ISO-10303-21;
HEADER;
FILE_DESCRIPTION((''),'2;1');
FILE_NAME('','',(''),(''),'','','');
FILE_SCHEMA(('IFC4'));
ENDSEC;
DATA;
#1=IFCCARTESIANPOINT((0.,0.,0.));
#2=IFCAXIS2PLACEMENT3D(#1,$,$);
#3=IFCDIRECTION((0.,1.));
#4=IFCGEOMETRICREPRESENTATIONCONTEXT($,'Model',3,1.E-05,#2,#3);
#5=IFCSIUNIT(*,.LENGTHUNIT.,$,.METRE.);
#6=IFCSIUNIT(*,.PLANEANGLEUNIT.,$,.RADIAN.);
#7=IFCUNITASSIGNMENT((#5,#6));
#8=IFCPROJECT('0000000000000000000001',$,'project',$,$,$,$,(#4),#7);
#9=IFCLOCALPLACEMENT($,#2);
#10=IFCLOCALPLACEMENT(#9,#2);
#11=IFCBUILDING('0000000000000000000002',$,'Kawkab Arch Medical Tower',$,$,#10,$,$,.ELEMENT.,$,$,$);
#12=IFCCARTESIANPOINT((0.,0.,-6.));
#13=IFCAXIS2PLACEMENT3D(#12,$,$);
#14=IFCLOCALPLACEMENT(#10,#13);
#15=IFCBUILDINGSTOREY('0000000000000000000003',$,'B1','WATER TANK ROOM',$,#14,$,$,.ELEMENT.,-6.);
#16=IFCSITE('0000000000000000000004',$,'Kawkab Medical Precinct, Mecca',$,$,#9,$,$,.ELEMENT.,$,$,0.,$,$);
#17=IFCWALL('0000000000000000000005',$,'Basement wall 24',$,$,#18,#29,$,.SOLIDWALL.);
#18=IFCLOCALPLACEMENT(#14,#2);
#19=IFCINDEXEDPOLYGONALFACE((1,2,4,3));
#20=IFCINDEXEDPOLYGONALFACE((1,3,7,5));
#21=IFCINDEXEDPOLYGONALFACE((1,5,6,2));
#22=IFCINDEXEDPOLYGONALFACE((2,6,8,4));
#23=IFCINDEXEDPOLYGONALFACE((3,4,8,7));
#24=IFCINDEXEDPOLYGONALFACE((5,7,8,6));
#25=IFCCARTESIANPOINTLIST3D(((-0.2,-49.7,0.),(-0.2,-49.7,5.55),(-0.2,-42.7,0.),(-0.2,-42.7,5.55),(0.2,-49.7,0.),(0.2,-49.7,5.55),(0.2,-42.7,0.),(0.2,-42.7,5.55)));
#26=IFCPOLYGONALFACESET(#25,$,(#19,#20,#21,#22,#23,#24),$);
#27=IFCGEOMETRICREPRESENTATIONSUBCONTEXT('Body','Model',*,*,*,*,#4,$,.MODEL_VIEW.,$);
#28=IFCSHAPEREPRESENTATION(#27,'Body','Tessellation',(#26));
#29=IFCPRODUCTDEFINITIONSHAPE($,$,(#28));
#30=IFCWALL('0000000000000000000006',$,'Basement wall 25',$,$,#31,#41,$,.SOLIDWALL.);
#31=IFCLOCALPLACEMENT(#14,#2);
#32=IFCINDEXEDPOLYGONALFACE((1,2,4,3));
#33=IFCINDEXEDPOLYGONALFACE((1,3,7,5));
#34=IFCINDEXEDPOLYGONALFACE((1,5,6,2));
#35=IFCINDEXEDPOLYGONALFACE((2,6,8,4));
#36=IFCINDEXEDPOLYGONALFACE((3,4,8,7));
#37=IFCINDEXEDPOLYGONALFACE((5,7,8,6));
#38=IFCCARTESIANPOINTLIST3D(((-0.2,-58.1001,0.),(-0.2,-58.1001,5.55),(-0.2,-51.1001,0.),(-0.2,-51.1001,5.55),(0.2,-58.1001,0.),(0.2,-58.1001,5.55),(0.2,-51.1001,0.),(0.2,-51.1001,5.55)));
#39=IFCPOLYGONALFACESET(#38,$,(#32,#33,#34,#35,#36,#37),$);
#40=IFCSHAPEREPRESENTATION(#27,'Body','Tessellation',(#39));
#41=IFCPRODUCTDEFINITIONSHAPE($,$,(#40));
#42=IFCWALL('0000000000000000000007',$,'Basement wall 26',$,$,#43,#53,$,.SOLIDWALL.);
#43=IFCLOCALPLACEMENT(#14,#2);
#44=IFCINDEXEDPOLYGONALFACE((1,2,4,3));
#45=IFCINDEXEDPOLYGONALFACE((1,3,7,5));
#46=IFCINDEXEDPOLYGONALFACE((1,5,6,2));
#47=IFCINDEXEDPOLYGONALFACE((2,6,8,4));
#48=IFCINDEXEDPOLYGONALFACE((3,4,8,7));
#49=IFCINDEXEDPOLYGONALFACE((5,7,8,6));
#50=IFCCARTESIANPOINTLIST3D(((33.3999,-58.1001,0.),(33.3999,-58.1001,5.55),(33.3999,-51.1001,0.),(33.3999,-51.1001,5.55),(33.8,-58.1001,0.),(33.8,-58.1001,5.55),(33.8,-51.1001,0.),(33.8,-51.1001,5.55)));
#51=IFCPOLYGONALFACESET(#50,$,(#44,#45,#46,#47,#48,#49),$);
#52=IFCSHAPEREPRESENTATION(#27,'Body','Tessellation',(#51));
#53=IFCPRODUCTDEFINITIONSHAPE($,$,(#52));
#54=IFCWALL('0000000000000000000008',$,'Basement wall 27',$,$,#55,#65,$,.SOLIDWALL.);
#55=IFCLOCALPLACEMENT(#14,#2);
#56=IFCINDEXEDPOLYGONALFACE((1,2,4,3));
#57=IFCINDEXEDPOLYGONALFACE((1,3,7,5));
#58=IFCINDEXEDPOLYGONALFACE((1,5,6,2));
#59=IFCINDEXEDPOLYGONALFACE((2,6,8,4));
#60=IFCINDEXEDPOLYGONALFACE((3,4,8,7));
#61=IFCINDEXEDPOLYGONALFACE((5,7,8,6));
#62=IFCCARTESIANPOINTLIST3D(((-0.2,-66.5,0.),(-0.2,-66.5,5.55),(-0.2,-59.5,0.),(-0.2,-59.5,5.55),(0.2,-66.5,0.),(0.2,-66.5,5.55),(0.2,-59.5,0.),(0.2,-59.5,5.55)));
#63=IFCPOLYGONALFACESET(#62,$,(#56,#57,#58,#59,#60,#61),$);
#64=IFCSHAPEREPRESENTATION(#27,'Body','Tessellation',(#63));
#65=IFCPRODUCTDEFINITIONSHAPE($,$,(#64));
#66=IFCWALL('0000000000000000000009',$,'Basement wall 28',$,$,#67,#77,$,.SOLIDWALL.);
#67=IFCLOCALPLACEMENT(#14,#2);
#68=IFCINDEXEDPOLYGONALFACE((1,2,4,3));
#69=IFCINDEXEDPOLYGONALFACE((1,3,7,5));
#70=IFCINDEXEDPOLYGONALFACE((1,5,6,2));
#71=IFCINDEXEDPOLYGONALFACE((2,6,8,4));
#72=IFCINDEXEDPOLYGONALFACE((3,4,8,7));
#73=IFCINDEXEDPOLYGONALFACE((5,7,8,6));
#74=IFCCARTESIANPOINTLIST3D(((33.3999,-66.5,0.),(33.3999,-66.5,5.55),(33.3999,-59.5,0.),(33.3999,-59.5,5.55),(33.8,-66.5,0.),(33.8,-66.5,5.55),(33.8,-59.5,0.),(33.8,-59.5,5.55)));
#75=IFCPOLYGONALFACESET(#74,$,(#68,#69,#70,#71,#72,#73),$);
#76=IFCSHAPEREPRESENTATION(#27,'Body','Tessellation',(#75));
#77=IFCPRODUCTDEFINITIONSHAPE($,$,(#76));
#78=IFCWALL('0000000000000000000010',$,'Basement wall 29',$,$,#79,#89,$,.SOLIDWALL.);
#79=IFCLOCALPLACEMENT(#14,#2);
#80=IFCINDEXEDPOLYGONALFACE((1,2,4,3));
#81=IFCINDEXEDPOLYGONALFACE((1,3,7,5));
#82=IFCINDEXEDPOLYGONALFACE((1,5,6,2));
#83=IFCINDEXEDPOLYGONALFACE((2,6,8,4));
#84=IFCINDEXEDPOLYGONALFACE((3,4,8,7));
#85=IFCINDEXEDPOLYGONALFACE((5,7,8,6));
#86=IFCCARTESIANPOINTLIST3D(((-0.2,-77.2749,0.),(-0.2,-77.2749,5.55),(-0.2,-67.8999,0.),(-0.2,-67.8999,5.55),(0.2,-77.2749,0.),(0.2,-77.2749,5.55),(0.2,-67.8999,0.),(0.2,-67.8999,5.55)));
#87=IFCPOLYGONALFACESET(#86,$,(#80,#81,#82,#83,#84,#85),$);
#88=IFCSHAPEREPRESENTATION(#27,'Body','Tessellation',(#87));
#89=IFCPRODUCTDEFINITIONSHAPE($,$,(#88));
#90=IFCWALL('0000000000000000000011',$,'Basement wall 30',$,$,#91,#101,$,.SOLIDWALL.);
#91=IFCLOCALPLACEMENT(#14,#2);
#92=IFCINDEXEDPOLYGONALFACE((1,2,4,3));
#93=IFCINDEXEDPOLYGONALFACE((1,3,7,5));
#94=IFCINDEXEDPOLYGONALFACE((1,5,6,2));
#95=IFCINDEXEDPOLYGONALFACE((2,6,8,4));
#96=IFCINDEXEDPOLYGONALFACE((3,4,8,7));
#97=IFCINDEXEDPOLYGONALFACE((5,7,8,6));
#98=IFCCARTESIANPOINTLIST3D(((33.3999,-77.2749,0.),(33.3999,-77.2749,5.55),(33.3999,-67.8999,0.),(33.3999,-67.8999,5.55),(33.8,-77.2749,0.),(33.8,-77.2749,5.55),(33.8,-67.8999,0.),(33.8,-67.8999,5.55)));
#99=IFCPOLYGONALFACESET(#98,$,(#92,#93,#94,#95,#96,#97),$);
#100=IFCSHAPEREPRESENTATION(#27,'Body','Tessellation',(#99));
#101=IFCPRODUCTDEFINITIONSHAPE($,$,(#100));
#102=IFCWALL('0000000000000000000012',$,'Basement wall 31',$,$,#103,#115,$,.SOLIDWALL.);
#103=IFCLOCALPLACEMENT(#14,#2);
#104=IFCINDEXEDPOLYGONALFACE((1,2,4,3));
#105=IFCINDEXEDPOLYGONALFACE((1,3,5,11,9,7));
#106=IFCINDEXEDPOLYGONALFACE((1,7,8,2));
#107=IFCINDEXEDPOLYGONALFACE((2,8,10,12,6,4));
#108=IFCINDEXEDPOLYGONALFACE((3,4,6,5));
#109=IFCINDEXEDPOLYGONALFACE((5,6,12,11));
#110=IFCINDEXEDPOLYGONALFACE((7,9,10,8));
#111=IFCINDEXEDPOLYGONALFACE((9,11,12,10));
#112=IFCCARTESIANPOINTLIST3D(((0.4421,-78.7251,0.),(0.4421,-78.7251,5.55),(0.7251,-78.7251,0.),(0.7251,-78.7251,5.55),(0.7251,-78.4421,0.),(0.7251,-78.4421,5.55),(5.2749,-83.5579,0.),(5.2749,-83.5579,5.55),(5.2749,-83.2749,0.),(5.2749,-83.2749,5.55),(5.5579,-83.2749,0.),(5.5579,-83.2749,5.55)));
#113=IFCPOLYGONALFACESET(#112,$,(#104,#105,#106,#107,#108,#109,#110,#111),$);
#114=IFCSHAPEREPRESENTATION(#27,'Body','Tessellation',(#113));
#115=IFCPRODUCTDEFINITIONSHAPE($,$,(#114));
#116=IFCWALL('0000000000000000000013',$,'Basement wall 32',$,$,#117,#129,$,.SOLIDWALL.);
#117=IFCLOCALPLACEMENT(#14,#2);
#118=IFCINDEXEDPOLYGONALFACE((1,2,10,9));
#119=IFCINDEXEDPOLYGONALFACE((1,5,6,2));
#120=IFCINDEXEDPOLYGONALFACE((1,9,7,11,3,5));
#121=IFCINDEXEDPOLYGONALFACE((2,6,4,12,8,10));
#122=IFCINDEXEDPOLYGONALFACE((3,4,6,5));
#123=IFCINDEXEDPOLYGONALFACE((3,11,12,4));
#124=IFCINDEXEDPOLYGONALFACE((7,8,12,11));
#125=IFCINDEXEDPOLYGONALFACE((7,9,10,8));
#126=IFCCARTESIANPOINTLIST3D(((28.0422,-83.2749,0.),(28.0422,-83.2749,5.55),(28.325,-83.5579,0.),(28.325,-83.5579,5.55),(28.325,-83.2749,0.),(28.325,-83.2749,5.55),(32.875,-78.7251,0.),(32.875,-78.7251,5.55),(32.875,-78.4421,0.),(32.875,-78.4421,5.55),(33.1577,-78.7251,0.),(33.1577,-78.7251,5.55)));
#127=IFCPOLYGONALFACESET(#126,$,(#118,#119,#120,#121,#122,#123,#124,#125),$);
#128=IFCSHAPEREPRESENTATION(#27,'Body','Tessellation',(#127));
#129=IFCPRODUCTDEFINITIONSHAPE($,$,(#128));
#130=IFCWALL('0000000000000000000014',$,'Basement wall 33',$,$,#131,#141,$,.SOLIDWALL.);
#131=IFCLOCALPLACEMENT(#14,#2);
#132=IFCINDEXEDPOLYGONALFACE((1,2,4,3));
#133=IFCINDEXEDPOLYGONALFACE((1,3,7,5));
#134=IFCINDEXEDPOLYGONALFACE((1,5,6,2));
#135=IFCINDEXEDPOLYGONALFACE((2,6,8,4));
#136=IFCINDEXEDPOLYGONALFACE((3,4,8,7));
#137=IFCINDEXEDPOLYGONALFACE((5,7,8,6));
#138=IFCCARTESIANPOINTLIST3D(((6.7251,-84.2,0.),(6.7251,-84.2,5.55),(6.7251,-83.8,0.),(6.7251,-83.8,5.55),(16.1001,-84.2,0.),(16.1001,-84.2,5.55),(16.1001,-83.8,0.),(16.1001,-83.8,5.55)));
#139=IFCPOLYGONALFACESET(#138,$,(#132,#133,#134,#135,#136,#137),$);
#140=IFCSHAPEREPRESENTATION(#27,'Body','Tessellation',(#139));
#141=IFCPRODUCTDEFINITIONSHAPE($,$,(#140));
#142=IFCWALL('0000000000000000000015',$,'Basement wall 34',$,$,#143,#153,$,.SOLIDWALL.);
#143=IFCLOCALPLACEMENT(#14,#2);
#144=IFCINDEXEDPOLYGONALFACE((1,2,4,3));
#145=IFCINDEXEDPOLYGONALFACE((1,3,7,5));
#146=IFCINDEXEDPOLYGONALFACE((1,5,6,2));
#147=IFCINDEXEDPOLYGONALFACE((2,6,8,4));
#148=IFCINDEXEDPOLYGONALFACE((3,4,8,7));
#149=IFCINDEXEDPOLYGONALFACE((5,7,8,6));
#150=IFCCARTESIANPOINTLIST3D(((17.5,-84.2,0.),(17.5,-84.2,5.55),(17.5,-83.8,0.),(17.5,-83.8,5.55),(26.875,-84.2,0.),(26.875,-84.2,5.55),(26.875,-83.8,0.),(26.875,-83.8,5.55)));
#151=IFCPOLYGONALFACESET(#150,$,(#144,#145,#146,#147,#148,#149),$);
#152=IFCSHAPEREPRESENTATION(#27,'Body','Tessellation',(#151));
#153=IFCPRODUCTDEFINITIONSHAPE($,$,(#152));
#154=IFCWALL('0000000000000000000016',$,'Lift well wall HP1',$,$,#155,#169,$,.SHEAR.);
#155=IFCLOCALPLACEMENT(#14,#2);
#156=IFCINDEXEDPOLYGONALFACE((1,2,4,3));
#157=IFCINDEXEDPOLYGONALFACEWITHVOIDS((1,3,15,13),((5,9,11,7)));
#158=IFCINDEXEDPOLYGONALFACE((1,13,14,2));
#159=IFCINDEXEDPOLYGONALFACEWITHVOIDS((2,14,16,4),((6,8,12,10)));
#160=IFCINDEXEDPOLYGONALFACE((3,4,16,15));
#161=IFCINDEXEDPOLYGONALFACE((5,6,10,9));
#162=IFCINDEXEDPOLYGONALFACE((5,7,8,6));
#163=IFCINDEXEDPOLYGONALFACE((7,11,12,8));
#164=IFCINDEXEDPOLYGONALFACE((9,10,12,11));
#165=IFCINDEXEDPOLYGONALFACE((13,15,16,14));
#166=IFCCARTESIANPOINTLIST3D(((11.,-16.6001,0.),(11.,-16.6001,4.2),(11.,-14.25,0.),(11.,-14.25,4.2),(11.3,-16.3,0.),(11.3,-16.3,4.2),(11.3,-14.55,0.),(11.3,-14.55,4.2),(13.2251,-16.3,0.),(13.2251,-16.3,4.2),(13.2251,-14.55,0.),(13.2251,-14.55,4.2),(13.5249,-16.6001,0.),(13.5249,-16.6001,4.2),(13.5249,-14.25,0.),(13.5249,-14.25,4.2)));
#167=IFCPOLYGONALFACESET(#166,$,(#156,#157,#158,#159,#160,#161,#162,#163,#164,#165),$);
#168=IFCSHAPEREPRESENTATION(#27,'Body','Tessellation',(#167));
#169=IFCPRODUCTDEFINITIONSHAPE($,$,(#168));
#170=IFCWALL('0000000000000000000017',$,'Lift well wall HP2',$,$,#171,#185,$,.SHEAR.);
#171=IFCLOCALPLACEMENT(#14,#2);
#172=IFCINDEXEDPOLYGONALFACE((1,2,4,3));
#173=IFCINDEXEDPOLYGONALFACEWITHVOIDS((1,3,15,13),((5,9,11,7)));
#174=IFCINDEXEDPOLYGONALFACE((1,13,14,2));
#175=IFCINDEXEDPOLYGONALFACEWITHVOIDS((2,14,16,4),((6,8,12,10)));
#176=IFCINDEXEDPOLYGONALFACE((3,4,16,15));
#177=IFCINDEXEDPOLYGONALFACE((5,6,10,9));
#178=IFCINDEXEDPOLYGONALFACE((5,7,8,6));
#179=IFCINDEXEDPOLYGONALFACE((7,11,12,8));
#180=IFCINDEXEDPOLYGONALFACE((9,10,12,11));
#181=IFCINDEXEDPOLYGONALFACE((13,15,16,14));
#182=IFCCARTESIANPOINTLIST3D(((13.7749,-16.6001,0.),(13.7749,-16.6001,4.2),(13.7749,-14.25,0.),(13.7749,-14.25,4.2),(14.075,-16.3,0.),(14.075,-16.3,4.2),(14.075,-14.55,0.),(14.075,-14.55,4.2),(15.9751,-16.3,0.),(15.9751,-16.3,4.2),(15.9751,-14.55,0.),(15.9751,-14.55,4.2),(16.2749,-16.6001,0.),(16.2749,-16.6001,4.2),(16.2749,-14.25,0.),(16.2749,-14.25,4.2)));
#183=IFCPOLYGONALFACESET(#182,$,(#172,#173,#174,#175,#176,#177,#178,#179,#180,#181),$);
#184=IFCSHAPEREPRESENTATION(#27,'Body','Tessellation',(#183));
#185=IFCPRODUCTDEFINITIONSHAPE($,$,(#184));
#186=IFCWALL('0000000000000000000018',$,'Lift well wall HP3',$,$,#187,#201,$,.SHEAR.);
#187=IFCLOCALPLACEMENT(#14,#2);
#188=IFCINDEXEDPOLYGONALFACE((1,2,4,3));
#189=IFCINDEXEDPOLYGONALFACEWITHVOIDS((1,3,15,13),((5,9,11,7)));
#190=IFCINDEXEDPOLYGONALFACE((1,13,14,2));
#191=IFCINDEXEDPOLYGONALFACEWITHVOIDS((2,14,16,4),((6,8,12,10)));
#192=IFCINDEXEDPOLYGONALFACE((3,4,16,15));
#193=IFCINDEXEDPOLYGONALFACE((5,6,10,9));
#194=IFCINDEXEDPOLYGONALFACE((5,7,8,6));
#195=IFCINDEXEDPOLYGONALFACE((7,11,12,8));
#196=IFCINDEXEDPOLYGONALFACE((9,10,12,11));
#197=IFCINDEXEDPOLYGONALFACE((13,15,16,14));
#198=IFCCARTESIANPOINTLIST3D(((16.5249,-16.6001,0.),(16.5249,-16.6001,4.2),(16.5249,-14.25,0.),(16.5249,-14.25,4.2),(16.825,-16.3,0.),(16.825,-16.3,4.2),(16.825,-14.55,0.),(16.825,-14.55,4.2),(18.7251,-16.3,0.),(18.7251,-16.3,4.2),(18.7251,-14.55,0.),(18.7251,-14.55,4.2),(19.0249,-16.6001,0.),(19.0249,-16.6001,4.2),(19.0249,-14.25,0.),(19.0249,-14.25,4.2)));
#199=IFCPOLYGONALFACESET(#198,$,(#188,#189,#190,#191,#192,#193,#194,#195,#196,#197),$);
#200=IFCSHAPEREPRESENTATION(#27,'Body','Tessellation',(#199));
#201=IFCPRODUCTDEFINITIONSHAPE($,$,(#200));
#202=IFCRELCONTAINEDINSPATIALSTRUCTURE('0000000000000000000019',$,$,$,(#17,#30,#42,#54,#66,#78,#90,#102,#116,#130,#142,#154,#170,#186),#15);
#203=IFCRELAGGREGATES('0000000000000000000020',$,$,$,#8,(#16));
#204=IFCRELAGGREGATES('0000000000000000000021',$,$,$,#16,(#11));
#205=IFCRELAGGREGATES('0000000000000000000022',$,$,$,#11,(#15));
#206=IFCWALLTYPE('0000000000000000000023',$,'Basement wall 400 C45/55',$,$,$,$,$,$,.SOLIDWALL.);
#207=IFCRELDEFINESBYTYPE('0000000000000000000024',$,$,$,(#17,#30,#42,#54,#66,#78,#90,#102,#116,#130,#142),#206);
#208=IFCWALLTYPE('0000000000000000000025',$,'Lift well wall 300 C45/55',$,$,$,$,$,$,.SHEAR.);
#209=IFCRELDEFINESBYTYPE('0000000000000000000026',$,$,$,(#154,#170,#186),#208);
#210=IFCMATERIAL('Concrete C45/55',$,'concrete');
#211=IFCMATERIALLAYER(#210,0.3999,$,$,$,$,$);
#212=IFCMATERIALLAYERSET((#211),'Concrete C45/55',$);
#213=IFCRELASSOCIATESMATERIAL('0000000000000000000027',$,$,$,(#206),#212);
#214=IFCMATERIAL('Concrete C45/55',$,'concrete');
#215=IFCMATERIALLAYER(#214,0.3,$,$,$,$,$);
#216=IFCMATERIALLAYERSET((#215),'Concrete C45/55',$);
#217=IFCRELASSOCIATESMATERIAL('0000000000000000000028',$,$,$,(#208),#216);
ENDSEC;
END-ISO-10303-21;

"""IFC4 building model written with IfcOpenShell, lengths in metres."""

from ifc_helpers import new_model, si_unit, direction, frame, origin, place, context, subcontext, project, spatial, polyline, outline, extrude, material, layer, layer_set, type_object, element, save


model = new_model("IFC4")

# Units and contexts
model_context = context("Model", 3, precision=1e-05, world=origin(), true_north=direction((0.0, 1.0)))
body_context = subcontext(model_context, "Body", "Model", "MODEL_VIEW")
ifc_project = project(units=[si_unit("LENGTHUNIT", "METRE"), si_unit("PLANEANGLEUNIT", "RADIAN")], contexts=[model_context])

# Site, building, storey
site_placement = place(None, origin())
site = spatial("IfcSite", under=ifc_project, at=site_placement, Name="Kawkab Medical Precinct, Mecca", CompositionType="ELEMENT", RefElevation=0.0)
building_placement = place(site_placement, origin())
building = spatial("IfcBuilding", under=site, at=building_placement, Name="Kawkab Arch Medical Tower", CompositionType="ELEMENT")
storey_placement = place(building_placement, frame((0.0, 0.0, -6.0)))
storey = spatial("IfcBuildingStorey", under=building, at=storey_placement, Name="B1", Description="WATER TANK ROOM", CompositionType="ELEMENT", Elevation=-6.0)

# Walls
ifc_material_1 = material(Name="Concrete C45/55", Category="concrete")
ifc_layer_1 = layer(ifc_material_1, 0.3999)
ifc_layer_set_1 = layer_set([ifc_layer_1], Name="Concrete C45/55")
wall_type_1 = type_object("IfcWallType", Name="Basement wall 400 C45/55", PredefinedType="SOLIDWALL", material=ifc_layer_set_1)
placement = place(storey_placement, origin())
element("IfcWall", 1, at=placement, inside=storey, type_object=wall_type_1, Name="Basement wall 24", PredefinedType="SOLIDWALL", context=body_context, shape_type="SweptSolid", body=[
    extrude(outline(polyline([(0.2, -42.7), (0.2, -49.7), (-0.2, -49.7), (-0.2, -42.7), (0.2, -42.7)])), origin(), (0.0, 0.0, 1.0), 5.55),
])
element("IfcWall", 2, at=placement, inside=storey, type_object=wall_type_1, Name="Basement wall 25", PredefinedType="SOLIDWALL", context=body_context, shape_type="SweptSolid", body=[
    extrude(outline(polyline([(0.2, -51.1001), (0.2, -58.1001), (-0.2, -58.1001), (-0.2, -51.1001), (0.2, -51.1001)])), origin(), (0.0, 0.0, 1.0), 5.55),
])
element("IfcWall", 3, at=placement, inside=storey, type_object=wall_type_1, Name="Basement wall 26", PredefinedType="SOLIDWALL", context=body_context, shape_type="SweptSolid", body=[
    extrude(outline(polyline([(33.3999, -58.1001), (33.3999, -51.1001), (33.8, -51.1001), (33.8, -58.1001), (33.3999, -58.1001)])), origin(), (0.0, 0.0, 1.0), 5.55),
])
element("IfcWall", 4, at=placement, inside=storey, type_object=wall_type_1, Name="Basement wall 27", PredefinedType="SOLIDWALL", context=body_context, shape_type="SweptSolid", body=[
    extrude(outline(polyline([(0.2, -59.5), (0.2, -66.5), (-0.2, -66.5), (-0.2, -59.5), (0.2, -59.5)])), origin(), (0.0, 0.0, 1.0), 5.55),
])
element("IfcWall", 5, at=placement, inside=storey, type_object=wall_type_1, Name="Basement wall 28", PredefinedType="SOLIDWALL", context=body_context, shape_type="SweptSolid", body=[
    extrude(outline(polyline([(33.3999, -66.5), (33.3999, -59.5), (33.8, -59.5), (33.8, -66.5), (33.3999, -66.5)])), origin(), (0.0, 0.0, 1.0), 5.55),
])
element("IfcWall", 6, at=placement, inside=storey, type_object=wall_type_1, Name="Basement wall 29", PredefinedType="SOLIDWALL", context=body_context, shape_type="SweptSolid", body=[
    extrude(outline(polyline([(0.2, -67.8999), (0.2, -77.2749), (-0.2, -77.2749), (-0.2, -67.8999), (0.2, -67.8999)])), origin(), (0.0, 0.0, 1.0), 5.55),
])
element("IfcWall", 7, at=placement, inside=storey, type_object=wall_type_1, Name="Basement wall 30", PredefinedType="SOLIDWALL", context=body_context, shape_type="SweptSolid", body=[
    extrude(outline(polyline([(33.3999, -77.2749), (33.3999, -67.8999), (33.8, -67.8999), (33.8, -77.2749), (33.3999, -77.2749)])), origin(), (0.0, 0.0, 1.0), 5.55),
])
element("IfcWall", 8, at=placement, inside=storey, type_object=wall_type_1, Name="Basement wall 31", PredefinedType="SOLIDWALL", context=body_context, shape_type="SweptSolid", body=[
    extrude(outline(polyline([(0.7251, -78.7251), (0.7251, -78.4421), (5.5579, -83.2749), (5.2749, -83.2749), (5.2749, -83.5579), (0.4421, -78.7251), (0.7251, -78.7251)])), origin(), (0.0, 0.0, 1.0), 5.55),
])
element("IfcWall", 9, at=placement, inside=storey, type_object=wall_type_1, Name="Basement wall 32", PredefinedType="SOLIDWALL", context=body_context, shape_type="SweptSolid", body=[
    extrude(outline(polyline([(28.325, -83.2749), (28.0422, -83.2749), (32.875, -78.4421), (32.875, -78.7251), (33.1577, -78.7251), (28.325, -83.5579), (28.325, -83.2749)])), origin(), (0.0, 0.0, 1.0), 5.55),
])
element("IfcWall", 10, at=placement, inside=storey, type_object=wall_type_1, Name="Basement wall 33", PredefinedType="SOLIDWALL", context=body_context, shape_type="SweptSolid", body=[
    extrude(outline(polyline([(6.7251, -83.8), (16.1001, -83.8), (16.1001, -84.2), (6.7251, -84.2), (6.7251, -83.8)])), origin(), (0.0, 0.0, 1.0), 5.55),
])
element("IfcWall", 11, at=placement, inside=storey, type_object=wall_type_1, Name="Basement wall 34", PredefinedType="SOLIDWALL", context=body_context, shape_type="SweptSolid", body=[
    extrude(outline(polyline([(17.5, -83.8), (26.875, -83.8), (26.875, -84.2), (17.5, -84.2), (17.5, -83.8)])), origin(), (0.0, 0.0, 1.0), 5.55),
])
ifc_material_2 = material(Name="Concrete C45/55", Category="concrete")
ifc_layer_2 = layer(ifc_material_2, 0.3)
ifc_layer_set_2 = layer_set([ifc_layer_2], Name="Concrete C45/55")
wall_type_2 = type_object("IfcWallType", Name="Lift well wall 300 C45/55", PredefinedType="SHEAR", material=ifc_layer_set_2)
element("IfcWall", 12, at=placement, inside=storey, type_object=wall_type_2, Name="Lift well wall HP1", PredefinedType="SHEAR", context=body_context, shape_type="SweptSolid", body=[
    extrude(outline(polyline([(11.0, -16.6001), (11.0, -14.25), (13.5249, -14.25), (13.5249, -16.6001), (11.0, -16.6001)]), holes=[polyline([(13.2251, -14.55), (11.3, -14.55), (11.3, -16.3), (13.2251, -16.3), (13.2251, -14.55)])]), origin(), (0.0, 0.0, 1.0), 4.2),
])
element("IfcWall", 13, at=placement, inside=storey, type_object=wall_type_2, Name="Lift well wall HP2", PredefinedType="SHEAR", context=body_context, shape_type="SweptSolid", body=[
    extrude(outline(polyline([(13.7749, -16.6001), (13.7749, -14.25), (16.2749, -14.25), (16.2749, -16.6001), (13.7749, -16.6001)]), holes=[polyline([(15.9751, -14.55), (14.075, -14.55), (14.075, -16.3), (15.9751, -16.3), (15.9751, -14.55)])]), origin(), (0.0, 0.0, 1.0), 4.2),
])
element("IfcWall", 14, at=placement, inside=storey, type_object=wall_type_2, Name="Lift well wall HP3", PredefinedType="SHEAR", context=body_context, shape_type="SweptSolid", body=[
    extrude(outline(polyline([(16.5249, -16.6001), (16.5249, -14.25), (19.0249, -14.25), (19.0249, -16.6001), (16.5249, -16.6001)]), holes=[polyline([(18.7251, -14.55), (16.825, -14.55), (16.825, -16.3), (18.7251, -16.3), (18.7251, -14.55)])]), origin(), (0.0, 0.0, 1.0), 4.2),
])

save(model, "model.ifc")
